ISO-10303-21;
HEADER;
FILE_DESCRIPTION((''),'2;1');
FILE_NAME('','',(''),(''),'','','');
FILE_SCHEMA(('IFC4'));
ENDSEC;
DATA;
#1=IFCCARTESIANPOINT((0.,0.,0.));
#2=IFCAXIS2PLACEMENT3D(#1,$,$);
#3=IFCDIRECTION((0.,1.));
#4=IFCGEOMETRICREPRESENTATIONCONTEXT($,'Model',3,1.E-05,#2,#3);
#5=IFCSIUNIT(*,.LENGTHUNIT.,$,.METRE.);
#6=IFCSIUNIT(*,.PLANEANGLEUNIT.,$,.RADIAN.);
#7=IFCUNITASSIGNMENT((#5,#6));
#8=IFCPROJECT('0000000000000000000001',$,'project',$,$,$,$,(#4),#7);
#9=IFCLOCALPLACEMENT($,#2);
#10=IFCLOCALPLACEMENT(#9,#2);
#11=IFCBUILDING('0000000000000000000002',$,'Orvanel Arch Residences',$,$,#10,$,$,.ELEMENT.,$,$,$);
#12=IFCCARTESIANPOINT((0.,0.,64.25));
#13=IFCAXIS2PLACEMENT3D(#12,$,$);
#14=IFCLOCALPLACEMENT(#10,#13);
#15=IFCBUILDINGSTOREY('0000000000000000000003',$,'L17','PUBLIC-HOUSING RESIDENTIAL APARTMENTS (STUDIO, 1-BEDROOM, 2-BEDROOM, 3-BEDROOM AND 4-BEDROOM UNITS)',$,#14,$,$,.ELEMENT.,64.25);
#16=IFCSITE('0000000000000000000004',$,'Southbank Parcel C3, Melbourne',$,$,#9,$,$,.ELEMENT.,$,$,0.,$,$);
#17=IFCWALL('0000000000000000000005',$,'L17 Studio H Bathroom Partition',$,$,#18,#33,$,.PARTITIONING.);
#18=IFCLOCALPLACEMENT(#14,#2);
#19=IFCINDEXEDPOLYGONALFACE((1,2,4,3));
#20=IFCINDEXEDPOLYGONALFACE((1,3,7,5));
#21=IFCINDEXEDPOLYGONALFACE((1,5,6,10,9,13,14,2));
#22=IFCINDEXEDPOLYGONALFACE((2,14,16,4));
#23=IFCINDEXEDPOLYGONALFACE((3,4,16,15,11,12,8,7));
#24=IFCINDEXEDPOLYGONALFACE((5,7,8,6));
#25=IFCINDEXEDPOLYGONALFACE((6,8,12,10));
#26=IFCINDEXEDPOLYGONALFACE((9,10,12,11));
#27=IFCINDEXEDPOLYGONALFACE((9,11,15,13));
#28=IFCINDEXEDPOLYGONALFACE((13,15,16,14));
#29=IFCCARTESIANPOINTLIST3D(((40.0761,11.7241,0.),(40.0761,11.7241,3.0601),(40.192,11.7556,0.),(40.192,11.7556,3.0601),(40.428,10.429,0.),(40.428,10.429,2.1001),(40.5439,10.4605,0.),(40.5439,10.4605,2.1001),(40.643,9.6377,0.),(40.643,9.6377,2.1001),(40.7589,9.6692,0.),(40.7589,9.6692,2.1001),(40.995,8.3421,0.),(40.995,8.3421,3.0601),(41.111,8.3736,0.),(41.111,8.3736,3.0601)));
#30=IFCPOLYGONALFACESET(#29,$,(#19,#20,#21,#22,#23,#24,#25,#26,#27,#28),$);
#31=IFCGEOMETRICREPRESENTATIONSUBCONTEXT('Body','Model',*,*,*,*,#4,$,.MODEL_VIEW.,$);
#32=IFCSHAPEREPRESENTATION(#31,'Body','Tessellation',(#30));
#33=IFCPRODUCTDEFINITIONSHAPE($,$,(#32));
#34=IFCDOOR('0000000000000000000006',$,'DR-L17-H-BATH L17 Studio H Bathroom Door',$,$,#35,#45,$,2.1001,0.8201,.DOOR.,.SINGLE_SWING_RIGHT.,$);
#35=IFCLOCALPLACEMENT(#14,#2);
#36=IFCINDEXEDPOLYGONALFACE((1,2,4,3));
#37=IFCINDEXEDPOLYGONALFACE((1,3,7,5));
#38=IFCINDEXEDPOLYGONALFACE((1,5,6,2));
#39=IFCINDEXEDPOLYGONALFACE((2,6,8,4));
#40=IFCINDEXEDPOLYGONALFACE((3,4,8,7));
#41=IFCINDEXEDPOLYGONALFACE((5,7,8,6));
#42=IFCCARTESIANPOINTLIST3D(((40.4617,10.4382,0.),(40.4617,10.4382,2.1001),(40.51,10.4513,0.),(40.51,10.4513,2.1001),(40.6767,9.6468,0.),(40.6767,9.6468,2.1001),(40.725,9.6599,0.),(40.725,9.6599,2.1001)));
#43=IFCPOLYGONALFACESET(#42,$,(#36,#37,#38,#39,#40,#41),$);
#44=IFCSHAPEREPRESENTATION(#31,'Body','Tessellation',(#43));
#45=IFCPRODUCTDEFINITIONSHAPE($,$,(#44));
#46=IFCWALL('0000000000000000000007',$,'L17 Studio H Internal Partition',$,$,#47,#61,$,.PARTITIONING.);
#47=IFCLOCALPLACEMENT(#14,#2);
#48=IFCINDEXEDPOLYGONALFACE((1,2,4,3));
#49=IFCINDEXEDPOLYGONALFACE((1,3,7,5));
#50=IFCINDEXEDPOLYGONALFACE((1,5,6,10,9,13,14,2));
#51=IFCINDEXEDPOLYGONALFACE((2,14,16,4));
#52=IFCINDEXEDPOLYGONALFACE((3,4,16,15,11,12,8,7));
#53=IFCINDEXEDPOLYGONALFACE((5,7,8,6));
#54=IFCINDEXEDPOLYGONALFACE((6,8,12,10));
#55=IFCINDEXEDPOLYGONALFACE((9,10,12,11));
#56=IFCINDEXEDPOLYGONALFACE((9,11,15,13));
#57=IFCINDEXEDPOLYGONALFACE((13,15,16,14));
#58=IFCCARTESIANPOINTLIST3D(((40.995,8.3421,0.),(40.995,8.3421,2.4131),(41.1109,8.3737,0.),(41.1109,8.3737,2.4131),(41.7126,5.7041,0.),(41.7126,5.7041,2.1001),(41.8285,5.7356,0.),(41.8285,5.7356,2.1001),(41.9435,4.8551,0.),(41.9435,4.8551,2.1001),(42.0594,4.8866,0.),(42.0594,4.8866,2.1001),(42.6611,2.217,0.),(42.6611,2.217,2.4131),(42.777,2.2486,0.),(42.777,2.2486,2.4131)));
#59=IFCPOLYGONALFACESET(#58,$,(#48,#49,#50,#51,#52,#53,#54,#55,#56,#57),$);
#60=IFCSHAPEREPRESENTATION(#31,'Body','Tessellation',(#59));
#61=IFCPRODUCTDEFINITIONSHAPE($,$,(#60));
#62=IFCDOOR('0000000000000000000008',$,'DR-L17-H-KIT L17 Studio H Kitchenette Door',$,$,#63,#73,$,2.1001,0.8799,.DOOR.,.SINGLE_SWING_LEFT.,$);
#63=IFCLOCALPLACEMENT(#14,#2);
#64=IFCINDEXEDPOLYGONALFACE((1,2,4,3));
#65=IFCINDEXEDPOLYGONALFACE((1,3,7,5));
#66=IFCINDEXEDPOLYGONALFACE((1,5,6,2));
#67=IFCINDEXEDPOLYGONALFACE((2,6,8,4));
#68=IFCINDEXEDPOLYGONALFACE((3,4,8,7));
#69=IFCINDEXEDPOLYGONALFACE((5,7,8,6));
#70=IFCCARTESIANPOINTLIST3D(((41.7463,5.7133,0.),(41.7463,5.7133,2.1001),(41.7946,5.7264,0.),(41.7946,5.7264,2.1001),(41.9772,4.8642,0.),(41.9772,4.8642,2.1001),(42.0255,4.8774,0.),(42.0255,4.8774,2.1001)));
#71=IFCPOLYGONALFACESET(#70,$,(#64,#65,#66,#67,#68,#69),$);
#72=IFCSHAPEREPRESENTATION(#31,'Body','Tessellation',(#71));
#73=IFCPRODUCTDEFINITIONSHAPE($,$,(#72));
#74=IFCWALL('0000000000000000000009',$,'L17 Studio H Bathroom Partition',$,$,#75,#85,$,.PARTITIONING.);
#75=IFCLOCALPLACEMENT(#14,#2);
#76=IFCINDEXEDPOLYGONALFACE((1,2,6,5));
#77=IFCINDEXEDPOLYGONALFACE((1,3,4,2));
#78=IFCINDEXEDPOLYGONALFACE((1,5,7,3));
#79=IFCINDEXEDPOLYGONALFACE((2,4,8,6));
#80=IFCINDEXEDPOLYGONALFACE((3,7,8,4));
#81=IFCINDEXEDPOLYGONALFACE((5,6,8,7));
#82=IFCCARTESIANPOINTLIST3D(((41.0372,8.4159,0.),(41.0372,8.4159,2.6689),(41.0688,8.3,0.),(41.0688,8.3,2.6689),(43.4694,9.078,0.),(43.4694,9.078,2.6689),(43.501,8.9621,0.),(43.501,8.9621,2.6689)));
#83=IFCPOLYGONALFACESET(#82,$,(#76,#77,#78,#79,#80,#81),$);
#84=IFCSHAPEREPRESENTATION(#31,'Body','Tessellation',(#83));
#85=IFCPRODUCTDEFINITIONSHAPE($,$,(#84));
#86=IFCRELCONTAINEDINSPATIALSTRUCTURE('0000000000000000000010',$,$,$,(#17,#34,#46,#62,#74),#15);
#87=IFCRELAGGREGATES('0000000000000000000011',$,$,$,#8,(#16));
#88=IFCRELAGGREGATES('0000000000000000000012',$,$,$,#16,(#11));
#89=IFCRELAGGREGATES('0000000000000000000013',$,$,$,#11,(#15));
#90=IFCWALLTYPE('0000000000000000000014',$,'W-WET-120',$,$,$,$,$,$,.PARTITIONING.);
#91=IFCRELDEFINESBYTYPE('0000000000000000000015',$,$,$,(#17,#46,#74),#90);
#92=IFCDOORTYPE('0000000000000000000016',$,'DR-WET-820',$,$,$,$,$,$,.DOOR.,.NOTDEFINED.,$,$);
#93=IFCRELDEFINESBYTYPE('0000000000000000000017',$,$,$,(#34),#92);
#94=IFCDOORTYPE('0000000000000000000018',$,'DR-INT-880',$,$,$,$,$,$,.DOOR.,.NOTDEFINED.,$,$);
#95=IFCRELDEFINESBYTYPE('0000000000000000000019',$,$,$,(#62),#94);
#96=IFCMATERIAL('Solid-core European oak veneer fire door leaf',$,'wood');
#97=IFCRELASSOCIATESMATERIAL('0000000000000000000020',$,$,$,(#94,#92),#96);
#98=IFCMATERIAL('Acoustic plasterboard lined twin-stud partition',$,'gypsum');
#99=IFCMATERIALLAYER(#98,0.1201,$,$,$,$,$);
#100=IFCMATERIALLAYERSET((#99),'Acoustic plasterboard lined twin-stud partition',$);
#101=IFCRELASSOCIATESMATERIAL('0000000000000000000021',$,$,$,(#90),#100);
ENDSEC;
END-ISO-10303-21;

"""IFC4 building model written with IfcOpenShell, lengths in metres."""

from ifc_helpers import new_model, si_unit, direction, frame, frame_2d, origin, place, context, subcontext, project, spatial, rectangle, extrude, material, layer, layer_set, type_object, element, fill, save


model = new_model("IFC4")

# Units and contexts
model_context = context("Model", 3, precision=1e-05, world=origin(), true_north=direction((0.0, 1.0)))
body_context = subcontext(model_context, "Body", "Model", "MODEL_VIEW")
ifc_project = project(units=[si_unit("LENGTHUNIT", "METRE"), si_unit("PLANEANGLEUNIT", "RADIAN")], contexts=[model_context])

# Site, building, storey
site_placement = place(None, origin())
site = spatial("IfcSite", under=ifc_project, at=site_placement, Name="Southbank Parcel C3, Melbourne", CompositionType="ELEMENT", RefElevation=0.0)
building_placement = place(site_placement, origin())
building = spatial("IfcBuilding", under=site, at=building_placement, Name="Orvanel Arch Residences", CompositionType="ELEMENT")
storey_placement = place(building_placement, frame((0.0, 0.0, 64.25)))
storey = spatial("IfcBuildingStorey", under=building, at=storey_placement, Name="L17", Description="PUBLIC-HOUSING RESIDENTIAL APARTMENTS (STUDIO, 1-BEDROOM, 2-BEDROOM, 3-BEDROOM AND 4-BEDROOM UNITS)", CompositionType="ELEMENT", Elevation=64.25)

# Shared definitions
ifc_material_1 = material(Name="Solid-core European oak veneer fire door leaf", Category="wood")

# Shared definitions
door_type_1 = type_object("IfcDoorType", Name="DR-INT-880", OperationType="NOTDEFINED", PredefinedType="DOOR", material=ifc_material_1)

# Shared definitions
ifc_material_2 = material(Name="Acoustic plasterboard lined twin-stud partition", Category="gypsum")
ifc_layer_1 = layer(ifc_material_2, 0.1201)
ifc_layer_set_1 = layer_set([ifc_layer_1], Name="Acoustic plasterboard lined twin-stud partition")
wall_type_1 = type_object("IfcWallType", Name="W-WET-120", PredefinedType="PARTITIONING", material=ifc_layer_set_1)

# Walls, openings, doors
wall_1_placement = place(storey_placement, frame((40.134, 11.74, 0.0), z_axis=(0.0, 0.0, 1.0), x_axis=(0.262204, -0.965013, 0.0)))
wall_1 = element("IfcWall", 1, at=wall_1_placement, inside=storey, type_object=wall_type_1, Name="L17 Studio H Bathroom Partition", PredefinedType="PARTITIONING", context=body_context, shape_type="SweptSolid", body=[
    extrude(rectangle(XDim=3.5046, YDim=0.1201, at=frame_2d((1.7524, 0.0))), origin(), (0.0, 0.0, 1.0), 3.0601),
])
opening_1_placement = place(wall_1_placement, frame((1.342, 0.0, 0.0)))
opening_1 = element("IfcOpeningElement", 2, at=opening_1_placement, cuts=wall_1, PredefinedType="OPENING", context=body_context, shape_type="SweptSolid", body=[
    extrude(rectangle(XDim=0.8201, YDim=2.1001, at=frame_2d((0.4102, 1.05))), frame((0.0, 0.0701, 0.0), z_axis=(0.0, -1.0, 0.0), x_axis=(1.0, 0.0, 0.0)), (0.0, 0.0, 1.0), 0.1401),
])
door_type_2 = type_object("IfcDoorType", Name="DR-WET-820", OperationType="NOTDEFINED", PredefinedType="DOOR", material=ifc_material_1)
door_1_placement = place(opening_1_placement, origin())
door_1 = element("IfcDoor", 3, at=door_1_placement, inside=storey, type_object=door_type_2, Name="DR-L17-H-BATH L17 Studio H Bathroom Door", OperationType="SINGLE_SWING_RIGHT", OverallHeight=2.1001, OverallWidth=0.8201, PredefinedType="DOOR", context=body_context, shape_type="SweptSolid", body=[
    extrude(rectangle(XDim=0.8201, YDim=2.1001, at=frame_2d((0.4102, 1.05))), frame((0.0, 0.0249, 0.0), z_axis=(0.0, -1.0, 0.0), x_axis=(1.0, 0.0, 0.0)), (0.0, 0.0, 1.0), 0.05),
])
fill(opening_1, door_1)
wall_2_placement = place(storey_placement, frame((41.053, 8.3579, 0.0), z_axis=(0.0, 0.0, 1.0), x_axis=(0.262466, -0.964941, 0.0)))
wall_2 = element("IfcWall", 4, at=wall_2_placement, inside=storey, type_object=wall_type_1, Name="L17 Studio H Internal Partition", PredefinedType="PARTITIONING", context=body_context, shape_type="SweptSolid", body=[
    extrude(rectangle(XDim=6.3477, YDim=0.1201, at=frame_2d((3.1738, 0.0))), origin(), (0.0, 0.0, 1.0), 2.4131),
])
opening_2_placement = place(wall_2_placement, frame((2.7339, 0.0, 0.0)))
opening_2 = element("IfcOpeningElement", 5, at=opening_2_placement, cuts=wall_2, PredefinedType="OPENING", context=body_context, shape_type="SweptSolid", body=[
    extrude(rectangle(XDim=0.8799, YDim=2.1001, at=frame_2d((0.4399, 1.05))), frame((0.0, 0.0701, 0.0), z_axis=(0.0, -1.0, 0.0), x_axis=(1.0, 0.0, 0.0)), (0.0, 0.0, 1.0), 0.1401),
])
door_2_placement = place(opening_2_placement, origin())
door_2 = element("IfcDoor", 6, at=door_2_placement, inside=storey, type_object=door_type_1, Name="DR-L17-H-KIT L17 Studio H Kitchenette Door", OperationType="SINGLE_SWING_LEFT", OverallHeight=2.1001, OverallWidth=0.8799, PredefinedType="DOOR", context=body_context, shape_type="SweptSolid", body=[
    extrude(rectangle(XDim=0.8799, YDim=2.1001, at=frame_2d((0.4399, 1.05))), frame((0.0, 0.0249, 0.0), z_axis=(0.0, -1.0, 0.0), x_axis=(1.0, 0.0, 0.0)), (0.0, 0.0, 1.0), 0.05),
])
fill(opening_2, door_2)

# Wall
wall_3_placement = place(storey_placement, frame((43.4851, 9.02, 0.0), z_axis=(0.0, 0.0, 1.0), x_axis=(-0.964884, -0.262675, 0.0)))
element("IfcWall", 7, at=wall_3_placement, inside=storey, type_object=wall_type_1, Name="L17 Studio H Bathroom Partition", PredefinedType="PARTITIONING", context=body_context, shape_type="SweptSolid", body=[
    extrude(rectangle(XDim=2.5208, YDim=0.1201, at=frame_2d((1.2603, 0.0))), origin(), (0.0, 0.0, 1.0), 2.6689),
])

save(model, "model.ifc")
